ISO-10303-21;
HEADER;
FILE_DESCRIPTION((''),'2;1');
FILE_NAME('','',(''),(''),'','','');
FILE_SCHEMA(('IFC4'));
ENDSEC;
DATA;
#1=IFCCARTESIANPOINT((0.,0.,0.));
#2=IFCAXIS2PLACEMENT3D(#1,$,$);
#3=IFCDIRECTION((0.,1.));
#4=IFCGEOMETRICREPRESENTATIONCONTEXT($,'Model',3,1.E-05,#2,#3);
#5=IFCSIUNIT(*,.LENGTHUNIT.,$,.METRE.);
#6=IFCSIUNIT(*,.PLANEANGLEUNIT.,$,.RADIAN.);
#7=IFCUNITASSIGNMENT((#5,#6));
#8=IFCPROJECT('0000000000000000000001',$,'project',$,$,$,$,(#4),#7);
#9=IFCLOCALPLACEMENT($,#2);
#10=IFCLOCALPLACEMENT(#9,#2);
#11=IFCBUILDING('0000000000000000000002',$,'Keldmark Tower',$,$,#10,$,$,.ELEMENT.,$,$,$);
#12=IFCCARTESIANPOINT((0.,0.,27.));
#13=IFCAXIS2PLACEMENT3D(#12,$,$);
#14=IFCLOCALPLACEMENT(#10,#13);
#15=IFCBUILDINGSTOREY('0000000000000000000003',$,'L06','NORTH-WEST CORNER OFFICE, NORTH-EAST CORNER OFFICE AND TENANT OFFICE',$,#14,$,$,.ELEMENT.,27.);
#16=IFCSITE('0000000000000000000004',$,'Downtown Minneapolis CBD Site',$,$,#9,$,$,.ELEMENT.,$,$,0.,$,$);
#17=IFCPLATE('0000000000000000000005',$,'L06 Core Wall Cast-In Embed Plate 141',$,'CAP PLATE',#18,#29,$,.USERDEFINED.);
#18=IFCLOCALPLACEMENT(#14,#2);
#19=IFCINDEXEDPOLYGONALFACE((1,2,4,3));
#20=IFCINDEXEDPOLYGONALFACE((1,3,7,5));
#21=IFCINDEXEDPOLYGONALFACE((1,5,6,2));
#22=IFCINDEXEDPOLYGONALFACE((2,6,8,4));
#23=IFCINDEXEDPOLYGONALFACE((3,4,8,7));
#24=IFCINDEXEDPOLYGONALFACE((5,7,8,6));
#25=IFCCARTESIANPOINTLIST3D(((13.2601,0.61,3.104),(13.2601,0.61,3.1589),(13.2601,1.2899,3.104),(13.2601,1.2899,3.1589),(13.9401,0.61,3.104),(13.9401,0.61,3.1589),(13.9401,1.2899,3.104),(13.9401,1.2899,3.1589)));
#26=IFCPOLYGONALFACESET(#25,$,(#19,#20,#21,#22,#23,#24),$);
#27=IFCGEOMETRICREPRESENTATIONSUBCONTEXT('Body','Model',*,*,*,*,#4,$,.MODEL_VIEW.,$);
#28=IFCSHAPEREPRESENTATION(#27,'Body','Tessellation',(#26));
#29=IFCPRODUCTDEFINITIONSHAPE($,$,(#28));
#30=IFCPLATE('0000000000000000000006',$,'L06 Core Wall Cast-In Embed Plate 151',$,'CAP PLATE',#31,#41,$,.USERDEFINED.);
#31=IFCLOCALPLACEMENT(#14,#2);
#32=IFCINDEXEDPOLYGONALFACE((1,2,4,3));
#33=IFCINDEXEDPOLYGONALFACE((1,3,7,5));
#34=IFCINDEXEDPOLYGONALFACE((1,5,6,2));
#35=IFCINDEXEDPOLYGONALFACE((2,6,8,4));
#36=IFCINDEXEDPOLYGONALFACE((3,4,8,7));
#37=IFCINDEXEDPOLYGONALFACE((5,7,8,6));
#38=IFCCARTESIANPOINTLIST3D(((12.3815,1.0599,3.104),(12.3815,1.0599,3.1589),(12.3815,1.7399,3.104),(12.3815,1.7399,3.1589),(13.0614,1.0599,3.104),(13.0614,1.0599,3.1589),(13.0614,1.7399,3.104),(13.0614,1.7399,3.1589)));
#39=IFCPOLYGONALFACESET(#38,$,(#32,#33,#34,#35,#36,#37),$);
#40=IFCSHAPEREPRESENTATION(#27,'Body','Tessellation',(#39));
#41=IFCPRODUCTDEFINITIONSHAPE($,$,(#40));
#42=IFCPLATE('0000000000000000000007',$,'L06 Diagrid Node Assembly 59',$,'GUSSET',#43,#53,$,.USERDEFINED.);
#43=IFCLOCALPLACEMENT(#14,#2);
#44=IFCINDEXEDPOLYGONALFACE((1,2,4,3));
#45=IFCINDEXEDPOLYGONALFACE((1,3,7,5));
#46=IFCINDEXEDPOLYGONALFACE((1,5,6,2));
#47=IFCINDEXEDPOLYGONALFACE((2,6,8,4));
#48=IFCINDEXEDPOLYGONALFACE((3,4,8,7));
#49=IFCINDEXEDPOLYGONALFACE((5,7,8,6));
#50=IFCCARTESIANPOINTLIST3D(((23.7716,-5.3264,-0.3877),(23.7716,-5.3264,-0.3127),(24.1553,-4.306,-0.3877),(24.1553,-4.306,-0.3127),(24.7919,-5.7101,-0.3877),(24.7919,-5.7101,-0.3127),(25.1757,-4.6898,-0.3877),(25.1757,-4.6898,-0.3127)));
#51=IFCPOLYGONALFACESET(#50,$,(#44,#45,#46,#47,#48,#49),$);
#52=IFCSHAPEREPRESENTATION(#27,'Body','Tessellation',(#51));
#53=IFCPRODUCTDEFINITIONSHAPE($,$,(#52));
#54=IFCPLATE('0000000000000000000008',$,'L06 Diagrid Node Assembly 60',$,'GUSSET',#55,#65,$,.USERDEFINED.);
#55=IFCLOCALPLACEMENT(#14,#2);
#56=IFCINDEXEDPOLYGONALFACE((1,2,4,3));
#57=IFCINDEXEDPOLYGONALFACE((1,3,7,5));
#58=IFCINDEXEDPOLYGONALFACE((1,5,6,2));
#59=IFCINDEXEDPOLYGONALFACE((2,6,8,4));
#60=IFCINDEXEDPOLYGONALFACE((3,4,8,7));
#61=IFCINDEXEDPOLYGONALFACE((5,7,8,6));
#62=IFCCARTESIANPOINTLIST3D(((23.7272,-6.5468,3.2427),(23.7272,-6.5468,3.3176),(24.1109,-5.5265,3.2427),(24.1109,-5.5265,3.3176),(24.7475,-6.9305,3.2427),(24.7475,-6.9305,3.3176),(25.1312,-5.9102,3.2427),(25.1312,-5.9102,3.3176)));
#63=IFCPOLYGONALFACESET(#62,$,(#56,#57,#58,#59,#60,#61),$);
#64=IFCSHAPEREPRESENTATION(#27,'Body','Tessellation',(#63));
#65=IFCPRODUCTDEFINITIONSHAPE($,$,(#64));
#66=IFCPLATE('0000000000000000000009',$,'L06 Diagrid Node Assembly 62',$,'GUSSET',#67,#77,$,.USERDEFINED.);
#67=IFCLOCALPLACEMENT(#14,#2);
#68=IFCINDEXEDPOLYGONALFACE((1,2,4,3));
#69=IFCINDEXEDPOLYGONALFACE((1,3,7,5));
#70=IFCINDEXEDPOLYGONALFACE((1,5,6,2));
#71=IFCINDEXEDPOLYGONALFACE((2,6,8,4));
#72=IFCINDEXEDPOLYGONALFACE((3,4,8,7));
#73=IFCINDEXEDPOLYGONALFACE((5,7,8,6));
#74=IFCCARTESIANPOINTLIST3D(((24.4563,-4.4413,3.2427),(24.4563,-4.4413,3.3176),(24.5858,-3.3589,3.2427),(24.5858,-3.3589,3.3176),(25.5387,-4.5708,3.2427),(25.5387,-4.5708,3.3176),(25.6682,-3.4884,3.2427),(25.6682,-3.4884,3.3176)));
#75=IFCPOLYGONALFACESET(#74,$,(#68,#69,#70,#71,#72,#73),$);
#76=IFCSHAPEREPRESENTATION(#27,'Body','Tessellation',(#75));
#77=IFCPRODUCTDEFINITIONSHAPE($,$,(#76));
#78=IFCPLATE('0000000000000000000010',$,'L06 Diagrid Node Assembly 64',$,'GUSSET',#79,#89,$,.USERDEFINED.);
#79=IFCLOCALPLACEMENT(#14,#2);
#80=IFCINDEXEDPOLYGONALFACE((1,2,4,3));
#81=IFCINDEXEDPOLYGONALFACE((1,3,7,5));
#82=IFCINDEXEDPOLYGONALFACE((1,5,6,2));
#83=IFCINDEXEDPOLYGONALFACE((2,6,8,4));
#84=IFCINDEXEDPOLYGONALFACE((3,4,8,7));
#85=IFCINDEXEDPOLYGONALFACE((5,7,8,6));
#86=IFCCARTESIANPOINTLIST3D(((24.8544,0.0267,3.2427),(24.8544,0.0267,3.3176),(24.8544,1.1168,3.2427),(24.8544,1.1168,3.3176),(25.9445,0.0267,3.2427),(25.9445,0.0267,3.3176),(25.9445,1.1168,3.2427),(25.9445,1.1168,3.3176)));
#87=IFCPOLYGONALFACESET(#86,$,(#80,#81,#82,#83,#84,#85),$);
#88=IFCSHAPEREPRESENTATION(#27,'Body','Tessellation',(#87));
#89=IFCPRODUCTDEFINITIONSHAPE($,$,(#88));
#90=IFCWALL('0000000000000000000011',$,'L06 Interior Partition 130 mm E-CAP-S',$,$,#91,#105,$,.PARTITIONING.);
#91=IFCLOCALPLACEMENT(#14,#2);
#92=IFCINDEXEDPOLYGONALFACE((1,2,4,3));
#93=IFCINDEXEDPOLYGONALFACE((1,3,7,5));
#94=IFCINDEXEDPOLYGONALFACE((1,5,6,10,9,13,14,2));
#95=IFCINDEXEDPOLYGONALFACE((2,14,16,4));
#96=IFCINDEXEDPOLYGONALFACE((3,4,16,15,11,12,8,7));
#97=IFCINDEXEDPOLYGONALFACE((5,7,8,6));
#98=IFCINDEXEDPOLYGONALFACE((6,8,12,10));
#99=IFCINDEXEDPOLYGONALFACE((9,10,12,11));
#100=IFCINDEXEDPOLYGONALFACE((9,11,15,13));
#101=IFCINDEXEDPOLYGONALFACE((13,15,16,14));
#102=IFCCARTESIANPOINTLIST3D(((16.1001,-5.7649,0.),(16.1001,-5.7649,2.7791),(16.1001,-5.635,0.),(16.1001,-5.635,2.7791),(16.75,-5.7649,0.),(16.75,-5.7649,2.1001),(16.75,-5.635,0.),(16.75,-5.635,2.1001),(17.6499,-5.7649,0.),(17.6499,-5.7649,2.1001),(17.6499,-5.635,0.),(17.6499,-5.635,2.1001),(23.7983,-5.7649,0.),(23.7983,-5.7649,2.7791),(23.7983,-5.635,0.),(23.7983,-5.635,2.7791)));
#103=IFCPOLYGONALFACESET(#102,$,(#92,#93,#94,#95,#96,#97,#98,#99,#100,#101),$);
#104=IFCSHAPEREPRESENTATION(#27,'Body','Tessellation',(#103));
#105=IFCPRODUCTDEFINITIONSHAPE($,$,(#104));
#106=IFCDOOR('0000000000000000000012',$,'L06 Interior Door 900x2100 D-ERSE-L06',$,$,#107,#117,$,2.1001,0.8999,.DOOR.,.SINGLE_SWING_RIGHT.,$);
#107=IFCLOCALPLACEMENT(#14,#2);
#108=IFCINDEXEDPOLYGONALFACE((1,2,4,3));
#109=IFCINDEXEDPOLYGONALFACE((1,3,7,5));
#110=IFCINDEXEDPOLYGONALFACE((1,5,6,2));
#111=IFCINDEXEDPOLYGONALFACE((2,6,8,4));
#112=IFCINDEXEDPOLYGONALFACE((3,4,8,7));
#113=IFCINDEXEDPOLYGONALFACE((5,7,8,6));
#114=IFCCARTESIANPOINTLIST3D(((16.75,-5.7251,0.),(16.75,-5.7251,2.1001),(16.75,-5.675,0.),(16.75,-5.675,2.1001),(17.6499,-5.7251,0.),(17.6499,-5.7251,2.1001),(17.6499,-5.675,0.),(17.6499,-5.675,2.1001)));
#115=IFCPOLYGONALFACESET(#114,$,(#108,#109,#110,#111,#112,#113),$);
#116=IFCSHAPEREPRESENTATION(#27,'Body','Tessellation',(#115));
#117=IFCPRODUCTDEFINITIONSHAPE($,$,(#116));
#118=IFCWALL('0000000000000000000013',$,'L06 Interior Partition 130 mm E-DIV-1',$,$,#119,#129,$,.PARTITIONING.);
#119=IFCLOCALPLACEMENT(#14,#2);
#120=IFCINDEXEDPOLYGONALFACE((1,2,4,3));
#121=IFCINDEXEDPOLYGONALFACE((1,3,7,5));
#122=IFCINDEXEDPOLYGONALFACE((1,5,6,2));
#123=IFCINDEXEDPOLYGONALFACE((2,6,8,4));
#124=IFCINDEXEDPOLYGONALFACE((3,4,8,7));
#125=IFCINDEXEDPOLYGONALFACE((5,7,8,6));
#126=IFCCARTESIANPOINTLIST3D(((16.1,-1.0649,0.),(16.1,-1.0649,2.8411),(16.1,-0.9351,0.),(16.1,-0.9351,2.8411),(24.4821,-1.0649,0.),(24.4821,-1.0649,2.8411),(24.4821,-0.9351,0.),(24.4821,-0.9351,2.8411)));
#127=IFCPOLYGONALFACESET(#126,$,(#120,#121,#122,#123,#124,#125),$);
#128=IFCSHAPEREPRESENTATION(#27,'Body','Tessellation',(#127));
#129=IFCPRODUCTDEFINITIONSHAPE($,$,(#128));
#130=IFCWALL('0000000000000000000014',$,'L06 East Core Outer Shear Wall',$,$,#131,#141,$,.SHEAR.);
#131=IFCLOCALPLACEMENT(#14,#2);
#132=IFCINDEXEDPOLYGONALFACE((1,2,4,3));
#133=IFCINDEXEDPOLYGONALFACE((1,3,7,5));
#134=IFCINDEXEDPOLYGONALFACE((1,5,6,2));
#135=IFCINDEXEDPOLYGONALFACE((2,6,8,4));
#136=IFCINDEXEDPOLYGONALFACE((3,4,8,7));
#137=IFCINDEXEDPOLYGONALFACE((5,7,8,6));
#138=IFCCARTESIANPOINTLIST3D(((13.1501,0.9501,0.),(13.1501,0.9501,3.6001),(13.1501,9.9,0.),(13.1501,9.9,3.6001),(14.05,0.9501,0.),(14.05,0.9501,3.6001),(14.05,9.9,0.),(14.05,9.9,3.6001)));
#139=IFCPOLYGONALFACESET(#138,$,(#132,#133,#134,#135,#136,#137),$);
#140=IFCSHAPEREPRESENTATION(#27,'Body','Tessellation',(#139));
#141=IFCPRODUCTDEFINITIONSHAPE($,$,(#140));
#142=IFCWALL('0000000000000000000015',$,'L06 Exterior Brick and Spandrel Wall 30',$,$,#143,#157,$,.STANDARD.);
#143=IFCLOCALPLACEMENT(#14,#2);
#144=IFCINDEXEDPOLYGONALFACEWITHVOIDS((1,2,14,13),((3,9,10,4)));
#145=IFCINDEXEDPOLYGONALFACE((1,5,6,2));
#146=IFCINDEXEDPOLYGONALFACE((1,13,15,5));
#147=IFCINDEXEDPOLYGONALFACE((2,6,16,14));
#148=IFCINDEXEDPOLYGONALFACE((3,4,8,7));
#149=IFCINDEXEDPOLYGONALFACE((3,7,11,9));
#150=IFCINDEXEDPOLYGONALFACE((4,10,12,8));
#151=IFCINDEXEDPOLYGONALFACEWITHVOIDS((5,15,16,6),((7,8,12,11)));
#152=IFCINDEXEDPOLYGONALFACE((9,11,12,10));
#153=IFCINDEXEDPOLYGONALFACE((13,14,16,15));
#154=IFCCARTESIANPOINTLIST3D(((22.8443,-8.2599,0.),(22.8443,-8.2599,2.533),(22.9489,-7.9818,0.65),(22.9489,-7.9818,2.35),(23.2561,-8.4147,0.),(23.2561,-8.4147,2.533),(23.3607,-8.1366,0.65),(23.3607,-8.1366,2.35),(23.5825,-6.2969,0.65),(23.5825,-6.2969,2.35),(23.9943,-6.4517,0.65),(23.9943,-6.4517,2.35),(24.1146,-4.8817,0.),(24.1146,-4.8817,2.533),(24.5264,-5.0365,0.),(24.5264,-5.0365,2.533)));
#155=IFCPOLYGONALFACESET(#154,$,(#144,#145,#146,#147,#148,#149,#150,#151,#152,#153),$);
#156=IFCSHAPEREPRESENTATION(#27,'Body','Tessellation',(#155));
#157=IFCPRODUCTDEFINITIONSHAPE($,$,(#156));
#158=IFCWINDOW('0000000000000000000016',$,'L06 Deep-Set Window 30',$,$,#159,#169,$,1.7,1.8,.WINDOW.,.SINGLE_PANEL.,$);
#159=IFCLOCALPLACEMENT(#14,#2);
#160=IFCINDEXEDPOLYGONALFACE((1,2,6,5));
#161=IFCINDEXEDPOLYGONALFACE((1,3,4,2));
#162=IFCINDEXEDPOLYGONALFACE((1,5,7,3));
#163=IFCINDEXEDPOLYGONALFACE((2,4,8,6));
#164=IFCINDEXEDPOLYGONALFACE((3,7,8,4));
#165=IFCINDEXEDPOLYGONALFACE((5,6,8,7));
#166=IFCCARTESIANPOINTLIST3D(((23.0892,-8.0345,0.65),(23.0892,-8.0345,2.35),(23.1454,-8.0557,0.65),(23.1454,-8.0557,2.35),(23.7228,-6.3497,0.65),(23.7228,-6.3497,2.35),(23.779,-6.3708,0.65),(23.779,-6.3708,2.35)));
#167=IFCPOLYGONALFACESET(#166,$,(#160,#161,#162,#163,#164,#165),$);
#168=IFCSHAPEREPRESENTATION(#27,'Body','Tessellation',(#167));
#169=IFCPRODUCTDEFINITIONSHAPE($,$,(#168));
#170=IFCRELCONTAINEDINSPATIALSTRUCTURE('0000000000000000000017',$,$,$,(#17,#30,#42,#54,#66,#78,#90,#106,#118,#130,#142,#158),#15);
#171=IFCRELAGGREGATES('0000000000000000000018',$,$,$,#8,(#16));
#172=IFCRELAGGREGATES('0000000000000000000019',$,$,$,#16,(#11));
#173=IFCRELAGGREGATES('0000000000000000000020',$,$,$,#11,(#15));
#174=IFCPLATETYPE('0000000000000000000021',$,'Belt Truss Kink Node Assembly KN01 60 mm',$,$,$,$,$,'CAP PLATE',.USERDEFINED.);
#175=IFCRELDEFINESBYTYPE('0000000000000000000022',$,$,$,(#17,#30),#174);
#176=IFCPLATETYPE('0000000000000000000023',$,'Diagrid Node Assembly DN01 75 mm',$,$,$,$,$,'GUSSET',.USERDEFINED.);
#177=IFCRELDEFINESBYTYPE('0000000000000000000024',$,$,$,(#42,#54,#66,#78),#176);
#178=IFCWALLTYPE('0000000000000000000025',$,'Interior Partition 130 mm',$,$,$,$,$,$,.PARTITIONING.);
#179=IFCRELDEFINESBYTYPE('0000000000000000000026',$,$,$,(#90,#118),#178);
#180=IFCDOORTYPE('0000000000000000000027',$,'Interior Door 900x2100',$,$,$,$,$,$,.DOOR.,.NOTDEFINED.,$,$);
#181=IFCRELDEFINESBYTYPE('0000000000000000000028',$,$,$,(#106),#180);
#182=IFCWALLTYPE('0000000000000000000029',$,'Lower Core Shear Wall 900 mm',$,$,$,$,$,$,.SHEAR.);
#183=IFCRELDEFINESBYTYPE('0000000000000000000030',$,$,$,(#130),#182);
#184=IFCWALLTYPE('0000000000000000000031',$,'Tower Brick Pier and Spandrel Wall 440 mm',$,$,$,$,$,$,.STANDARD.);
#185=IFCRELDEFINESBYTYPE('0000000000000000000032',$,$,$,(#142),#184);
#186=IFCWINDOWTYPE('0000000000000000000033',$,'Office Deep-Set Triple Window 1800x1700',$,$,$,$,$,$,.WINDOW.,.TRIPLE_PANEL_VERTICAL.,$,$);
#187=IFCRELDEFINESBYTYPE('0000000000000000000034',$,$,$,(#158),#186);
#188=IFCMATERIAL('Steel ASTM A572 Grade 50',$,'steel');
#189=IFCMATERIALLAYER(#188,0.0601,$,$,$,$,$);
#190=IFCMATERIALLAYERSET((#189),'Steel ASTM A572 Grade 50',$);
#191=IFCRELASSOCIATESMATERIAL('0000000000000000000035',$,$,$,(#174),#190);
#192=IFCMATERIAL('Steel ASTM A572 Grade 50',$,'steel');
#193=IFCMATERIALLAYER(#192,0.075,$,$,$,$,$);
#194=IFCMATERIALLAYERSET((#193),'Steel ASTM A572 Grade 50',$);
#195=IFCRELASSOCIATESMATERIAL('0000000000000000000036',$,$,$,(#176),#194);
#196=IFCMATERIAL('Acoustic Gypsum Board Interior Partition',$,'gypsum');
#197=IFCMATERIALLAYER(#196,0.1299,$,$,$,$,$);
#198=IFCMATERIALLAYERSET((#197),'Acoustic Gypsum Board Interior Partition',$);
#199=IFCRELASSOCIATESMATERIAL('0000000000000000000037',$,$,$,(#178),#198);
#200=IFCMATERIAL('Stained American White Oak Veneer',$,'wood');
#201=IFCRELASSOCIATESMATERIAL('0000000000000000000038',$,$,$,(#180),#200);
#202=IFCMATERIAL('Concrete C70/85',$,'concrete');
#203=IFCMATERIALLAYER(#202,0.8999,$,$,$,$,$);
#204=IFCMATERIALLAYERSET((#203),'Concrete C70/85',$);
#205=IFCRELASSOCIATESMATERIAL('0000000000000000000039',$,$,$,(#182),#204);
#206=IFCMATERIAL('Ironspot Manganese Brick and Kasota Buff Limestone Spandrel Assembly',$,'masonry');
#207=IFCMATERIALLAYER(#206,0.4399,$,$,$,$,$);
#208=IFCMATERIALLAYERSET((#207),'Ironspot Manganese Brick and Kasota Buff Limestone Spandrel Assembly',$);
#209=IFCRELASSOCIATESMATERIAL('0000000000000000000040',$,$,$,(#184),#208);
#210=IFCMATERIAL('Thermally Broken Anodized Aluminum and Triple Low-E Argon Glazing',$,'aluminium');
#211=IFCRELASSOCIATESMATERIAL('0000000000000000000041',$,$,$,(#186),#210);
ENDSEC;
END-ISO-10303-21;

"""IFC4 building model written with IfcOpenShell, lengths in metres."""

from ifc_helpers import new_model, si_unit, direction, frame, frame_2d, origin, origin_2d, place, context, subcontext, project, spatial, rectangle, extrude, material, layer, layer_set, type_object, element, fill, save


model = new_model("IFC4")

# Units and contexts
model_context = context("Model", 3, precision=1e-05, world=origin(), true_north=direction((0.0, 1.0)))
body_context = subcontext(model_context, "Body", "Model", "MODEL_VIEW")
ifc_project = project(units=[si_unit("LENGTHUNIT", "METRE"), si_unit("PLANEANGLEUNIT", "RADIAN")], contexts=[model_context])

# Site, building, storey
site_placement = place(None, origin())
site = spatial("IfcSite", under=ifc_project, at=site_placement, Name="Downtown Minneapolis CBD Site", CompositionType="ELEMENT", RefElevation=0.0)
building_placement = place(site_placement, origin())
building = spatial("IfcBuilding", under=site, at=building_placement, Name="Keldmark Tower", CompositionType="ELEMENT")
storey_placement = place(building_placement, frame((0.0, 0.0, 27.0)))
storey = spatial("IfcBuildingStorey", under=building, at=storey_placement, Name="L06", Description="NORTH-WEST CORNER OFFICE, NORTH-EAST CORNER OFFICE AND TENANT OFFICE", CompositionType="ELEMENT", Elevation=27.0)

# Plates
ifc_material_1 = material(Name="Steel ASTM A572 Grade 50", Category="steel")
ifc_layer_1 = layer(ifc_material_1, 0.0601)
ifc_layer_set_1 = layer_set([ifc_layer_1], Name="Steel ASTM A572 Grade 50")
plate_type_1 = type_object("IfcPlateType", Name="Belt Truss Kink Node Assembly KN01 60 mm", ElementType="CAP PLATE", PredefinedType="USERDEFINED", material=ifc_layer_set_1)
for number, where, z_axis, x_axis, name in (
    (1, (13.6001, 0.95, 3.104), (0.0, 0.0, 1.0), (1.0, 0.0, 0.0), "L06 Core Wall Cast-In Embed Plate 141"),
    (2, (12.7214, 1.3999, 3.104), (0.0, 0.0, 1.0), (1.0, 0.0, 0.0), "L06 Core Wall Cast-In Embed Plate 151"),
):
    element("IfcPlate", number, at=place(storey_placement, frame(where, z_axis=z_axis, x_axis=x_axis)), inside=storey, type_object=plate_type_1, Name=name, ObjectType="CAP PLATE", PredefinedType="USERDEFINED", context=body_context, shape_type="SweptSolid", body=[
        extrude(rectangle(XDim=0.6799, YDim=0.6799, at=origin_2d()), origin(), (0.0, 0.0, 1.0), 0.0549),
    ])
ifc_material_2 = material(Name="Steel ASTM A572 Grade 50", Category="steel")
ifc_layer_2 = layer(ifc_material_2, 0.075)
ifc_layer_set_2 = layer_set([ifc_layer_2], Name="Steel ASTM A572 Grade 50")
plate_type_2 = type_object("IfcPlateType", Name="Diagrid Node Assembly DN01 75 mm", ElementType="GUSSET", PredefinedType="USERDEFINED", material=ifc_layer_set_2)
for number, where, z_axis, x_axis, name in (
    (3, (24.4736, -5.0081, -0.3877), (0.0, 0.0, 1.0), (0.352005, 0.935998, 0.0), "L06 Diagrid Node Assembly 59"),
    (4, (24.4292, -6.2285, 3.2427), (0.0, 0.0, 1.0), (0.352005, 0.935998, 0.0), "L06 Diagrid Node Assembly 60"),
    (5, (25.0623, -3.9648, 3.2427), (0.0, 0.0, 1.0), (0.118751, 0.992924, 0.0), "L06 Diagrid Node Assembly 62"),
    (6, (25.3994, 0.5718, 3.2427), (0.0, 0.0, 1.0), (0.0, 1.0, 0.0), "L06 Diagrid Node Assembly 64"),
):
    element("IfcPlate", number, at=place(storey_placement, frame(where, z_axis=z_axis, x_axis=x_axis)), inside=storey, type_object=plate_type_2, Name=name, ObjectType="GUSSET", PredefinedType="USERDEFINED", context=body_context, shape_type="SweptSolid", body=[
        extrude(rectangle(XDim=1.0901, YDim=1.0901, at=origin_2d()), origin(), (0.0, 0.0, 1.0), 0.075),
    ])

# Wall, opening, door
ifc_material_3 = material(Name="Acoustic Gypsum Board Interior Partition", Category="gypsum")
ifc_layer_3 = layer(ifc_material_3, 0.1299)
ifc_layer_set_3 = layer_set([ifc_layer_3], Name="Acoustic Gypsum Board Interior Partition")
wall_type_1 = type_object("IfcWallType", Name="Interior Partition 130 mm", PredefinedType="PARTITIONING", material=ifc_layer_set_3)
wall_1_placement = place(storey_placement, frame((16.1001, -5.7, 0.0), z_axis=(0.0, 0.0, 1.0), x_axis=(1.0, 0.0, 0.0)))
wall_1 = element("IfcWall", 7, at=wall_1_placement, inside=storey, type_object=wall_type_1, Name="L06 Interior Partition 130 mm E-CAP-S", PredefinedType="PARTITIONING", context=body_context, shape_type="SweptSolid", body=[
    extrude(rectangle(XDim=7.6982, YDim=0.1299, at=frame_2d((3.8491, 0.0))), origin(), (0.0, 0.0, 1.0), 2.7791),
])
opening_1_placement = place(wall_1_placement, frame((0.6499, 0.0, 0.0)))
opening_1 = element("IfcOpeningElement", 8, at=opening_1_placement, cuts=wall_1, PredefinedType="OPENING", context=body_context, shape_type="SweptSolid", body=[
    extrude(rectangle(XDim=0.8999, YDim=2.1001, at=frame_2d((0.45, 1.05))), frame((0.0, 0.075, 0.0), z_axis=(0.0, -1.0, 0.0), x_axis=(1.0, 0.0, 0.0)), (0.0, 0.0, 1.0), 0.1499),
])
ifc_material_4 = material(Name="Stained American White Oak Veneer", Category="wood")
door_type_1 = type_object("IfcDoorType", Name="Interior Door 900x2100", OperationType="NOTDEFINED", PredefinedType="DOOR", material=ifc_material_4)
door_1_placement = place(opening_1_placement, origin())
door_1 = element("IfcDoor", 9, at=door_1_placement, inside=storey, type_object=door_type_1, Name="L06 Interior Door 900x2100 D-ERSE-L06", OperationType="SINGLE_SWING_RIGHT", OverallHeight=2.1001, OverallWidth=0.8999, PredefinedType="DOOR", context=body_context, shape_type="SweptSolid", body=[
    extrude(rectangle(XDim=0.8999, YDim=2.1001, at=frame_2d((0.45, 1.05))), frame((0.0, 0.0249, 0.0), z_axis=(0.0, -1.0, 0.0), x_axis=(1.0, 0.0, 0.0)), (0.0, 0.0, 1.0), 0.05),
])
fill(opening_1, door_1)

# Walls
wall_2_placement = place(storey_placement, frame((16.1001, -1.0, 0.0), z_axis=(0.0, 0.0, 1.0), x_axis=(1.0, 0.0, 0.0)))
element("IfcWall", 10, at=wall_2_placement, inside=storey, type_object=wall_type_1, Name="L06 Interior Partition 130 mm E-DIV-1", PredefinedType="PARTITIONING", context=body_context, shape_type="SweptSolid", body=[
    extrude(rectangle(XDim=8.3821, YDim=0.1299, at=frame_2d((4.1909, 0.0))), origin(), (0.0, 0.0, 1.0), 2.8411),
])
ifc_material_5 = material(Name="Concrete C70/85", Category="concrete")
ifc_layer_4 = layer(ifc_material_5, 0.8999)
ifc_layer_set_4 = layer_set([ifc_layer_4], Name="Concrete C70/85")
wall_type_2 = type_object("IfcWallType", Name="Lower Core Shear Wall 900 mm", PredefinedType="SHEAR", material=ifc_layer_set_4)
wall_3_placement = place(storey_placement, frame((13.6001, 0.95, 0.0), z_axis=(0.0, 0.0, 1.0), x_axis=(0.0, 1.0, 0.0)))
element("IfcWall", 11, at=wall_3_placement, inside=storey, type_object=wall_type_2, Name="L06 East Core Outer Shear Wall", PredefinedType="SHEAR", context=body_context, shape_type="SweptSolid", body=[
    extrude(rectangle(XDim=8.95, YDim=0.8999, at=frame_2d((4.4751, 0.0))), origin(), (0.0, 0.0, 1.0), 3.6001),
])

# Wall, opening, window
ifc_material_6 = material(Name="Ironspot Manganese Brick and Kasota Buff Limestone Spandrel Assembly", Category="masonry")
ifc_layer_5 = layer(ifc_material_6, 0.4399)
ifc_layer_set_5 = layer_set([ifc_layer_5], Name="Ironspot Manganese Brick and Kasota Buff Limestone Spandrel Assembly")
wall_type_3 = type_object("IfcWallType", Name="Tower Brick Pier and Spandrel Wall 440 mm", PredefinedType="STANDARD", material=ifc_layer_set_5)
wall_4_placement = place(storey_placement, frame((24.3206, -4.959, 0.0), z_axis=(0.0, 0.0, 1.0), x_axis=(-0.351961, -0.936015, 0.0)))
wall_4 = element("IfcWall", 12, at=wall_4_placement, inside=storey, type_object=wall_type_3, Name="L06 Exterior Brick and Spandrel Wall 30", PredefinedType="STANDARD", context=body_context, shape_type="SweptSolid", body=[
    extrude(rectangle(XDim=3.6091, YDim=0.4399, at=frame_2d((1.8047, 0.0))), origin(), (0.0, 0.0, 1.0), 2.533),
])
opening_2_placement = place(wall_4_placement, frame((1.5122, 0.0, 0.6499)))
opening_2 = element("IfcOpeningElement", 13, at=opening_2_placement, cuts=wall_4, PredefinedType="OPENING", context=body_context, shape_type="SweptSolid", body=[
    extrude(rectangle(XDim=1.8, YDim=1.7, at=frame_2d((0.8999, 0.8501))), frame((0.0, 0.23, 0.0), z_axis=(0.0, -1.0, 0.0), x_axis=(1.0, 0.0, 0.0)), (0.0, 0.0, 1.0), 0.46),
])
ifc_material_7 = material(Name="Thermally Broken Anodized Aluminum and Triple Low-E Argon Glazing", Category="aluminium")
window_type_1 = type_object("IfcWindowType", Name="Office Deep-Set Triple Window 1800x1700", PartitioningType="TRIPLE_PANEL_VERTICAL", PredefinedType="WINDOW", material=ifc_material_7)
window_1_placement = place(opening_2_placement, origin())
window_1 = element("IfcWindow", 14, at=window_1_placement, inside=storey, type_object=window_type_1, Name="L06 Deep-Set Window 30", OverallHeight=1.7, OverallWidth=1.8, PartitioningType="SINGLE_PANEL", PredefinedType="WINDOW", context=body_context, shape_type="SweptSolid", body=[
    extrude(rectangle(XDim=1.8, YDim=1.7, at=frame_2d((0.8999, 0.8501))), frame((0.0, -0.01, 0.0), z_axis=(0.0, -1.0, 0.0), x_axis=(1.0, 0.0, 0.0)), (0.0, 0.0, 1.0), 0.0601),
])
fill(opening_2, window_1)

save(model, "model.ifc")
